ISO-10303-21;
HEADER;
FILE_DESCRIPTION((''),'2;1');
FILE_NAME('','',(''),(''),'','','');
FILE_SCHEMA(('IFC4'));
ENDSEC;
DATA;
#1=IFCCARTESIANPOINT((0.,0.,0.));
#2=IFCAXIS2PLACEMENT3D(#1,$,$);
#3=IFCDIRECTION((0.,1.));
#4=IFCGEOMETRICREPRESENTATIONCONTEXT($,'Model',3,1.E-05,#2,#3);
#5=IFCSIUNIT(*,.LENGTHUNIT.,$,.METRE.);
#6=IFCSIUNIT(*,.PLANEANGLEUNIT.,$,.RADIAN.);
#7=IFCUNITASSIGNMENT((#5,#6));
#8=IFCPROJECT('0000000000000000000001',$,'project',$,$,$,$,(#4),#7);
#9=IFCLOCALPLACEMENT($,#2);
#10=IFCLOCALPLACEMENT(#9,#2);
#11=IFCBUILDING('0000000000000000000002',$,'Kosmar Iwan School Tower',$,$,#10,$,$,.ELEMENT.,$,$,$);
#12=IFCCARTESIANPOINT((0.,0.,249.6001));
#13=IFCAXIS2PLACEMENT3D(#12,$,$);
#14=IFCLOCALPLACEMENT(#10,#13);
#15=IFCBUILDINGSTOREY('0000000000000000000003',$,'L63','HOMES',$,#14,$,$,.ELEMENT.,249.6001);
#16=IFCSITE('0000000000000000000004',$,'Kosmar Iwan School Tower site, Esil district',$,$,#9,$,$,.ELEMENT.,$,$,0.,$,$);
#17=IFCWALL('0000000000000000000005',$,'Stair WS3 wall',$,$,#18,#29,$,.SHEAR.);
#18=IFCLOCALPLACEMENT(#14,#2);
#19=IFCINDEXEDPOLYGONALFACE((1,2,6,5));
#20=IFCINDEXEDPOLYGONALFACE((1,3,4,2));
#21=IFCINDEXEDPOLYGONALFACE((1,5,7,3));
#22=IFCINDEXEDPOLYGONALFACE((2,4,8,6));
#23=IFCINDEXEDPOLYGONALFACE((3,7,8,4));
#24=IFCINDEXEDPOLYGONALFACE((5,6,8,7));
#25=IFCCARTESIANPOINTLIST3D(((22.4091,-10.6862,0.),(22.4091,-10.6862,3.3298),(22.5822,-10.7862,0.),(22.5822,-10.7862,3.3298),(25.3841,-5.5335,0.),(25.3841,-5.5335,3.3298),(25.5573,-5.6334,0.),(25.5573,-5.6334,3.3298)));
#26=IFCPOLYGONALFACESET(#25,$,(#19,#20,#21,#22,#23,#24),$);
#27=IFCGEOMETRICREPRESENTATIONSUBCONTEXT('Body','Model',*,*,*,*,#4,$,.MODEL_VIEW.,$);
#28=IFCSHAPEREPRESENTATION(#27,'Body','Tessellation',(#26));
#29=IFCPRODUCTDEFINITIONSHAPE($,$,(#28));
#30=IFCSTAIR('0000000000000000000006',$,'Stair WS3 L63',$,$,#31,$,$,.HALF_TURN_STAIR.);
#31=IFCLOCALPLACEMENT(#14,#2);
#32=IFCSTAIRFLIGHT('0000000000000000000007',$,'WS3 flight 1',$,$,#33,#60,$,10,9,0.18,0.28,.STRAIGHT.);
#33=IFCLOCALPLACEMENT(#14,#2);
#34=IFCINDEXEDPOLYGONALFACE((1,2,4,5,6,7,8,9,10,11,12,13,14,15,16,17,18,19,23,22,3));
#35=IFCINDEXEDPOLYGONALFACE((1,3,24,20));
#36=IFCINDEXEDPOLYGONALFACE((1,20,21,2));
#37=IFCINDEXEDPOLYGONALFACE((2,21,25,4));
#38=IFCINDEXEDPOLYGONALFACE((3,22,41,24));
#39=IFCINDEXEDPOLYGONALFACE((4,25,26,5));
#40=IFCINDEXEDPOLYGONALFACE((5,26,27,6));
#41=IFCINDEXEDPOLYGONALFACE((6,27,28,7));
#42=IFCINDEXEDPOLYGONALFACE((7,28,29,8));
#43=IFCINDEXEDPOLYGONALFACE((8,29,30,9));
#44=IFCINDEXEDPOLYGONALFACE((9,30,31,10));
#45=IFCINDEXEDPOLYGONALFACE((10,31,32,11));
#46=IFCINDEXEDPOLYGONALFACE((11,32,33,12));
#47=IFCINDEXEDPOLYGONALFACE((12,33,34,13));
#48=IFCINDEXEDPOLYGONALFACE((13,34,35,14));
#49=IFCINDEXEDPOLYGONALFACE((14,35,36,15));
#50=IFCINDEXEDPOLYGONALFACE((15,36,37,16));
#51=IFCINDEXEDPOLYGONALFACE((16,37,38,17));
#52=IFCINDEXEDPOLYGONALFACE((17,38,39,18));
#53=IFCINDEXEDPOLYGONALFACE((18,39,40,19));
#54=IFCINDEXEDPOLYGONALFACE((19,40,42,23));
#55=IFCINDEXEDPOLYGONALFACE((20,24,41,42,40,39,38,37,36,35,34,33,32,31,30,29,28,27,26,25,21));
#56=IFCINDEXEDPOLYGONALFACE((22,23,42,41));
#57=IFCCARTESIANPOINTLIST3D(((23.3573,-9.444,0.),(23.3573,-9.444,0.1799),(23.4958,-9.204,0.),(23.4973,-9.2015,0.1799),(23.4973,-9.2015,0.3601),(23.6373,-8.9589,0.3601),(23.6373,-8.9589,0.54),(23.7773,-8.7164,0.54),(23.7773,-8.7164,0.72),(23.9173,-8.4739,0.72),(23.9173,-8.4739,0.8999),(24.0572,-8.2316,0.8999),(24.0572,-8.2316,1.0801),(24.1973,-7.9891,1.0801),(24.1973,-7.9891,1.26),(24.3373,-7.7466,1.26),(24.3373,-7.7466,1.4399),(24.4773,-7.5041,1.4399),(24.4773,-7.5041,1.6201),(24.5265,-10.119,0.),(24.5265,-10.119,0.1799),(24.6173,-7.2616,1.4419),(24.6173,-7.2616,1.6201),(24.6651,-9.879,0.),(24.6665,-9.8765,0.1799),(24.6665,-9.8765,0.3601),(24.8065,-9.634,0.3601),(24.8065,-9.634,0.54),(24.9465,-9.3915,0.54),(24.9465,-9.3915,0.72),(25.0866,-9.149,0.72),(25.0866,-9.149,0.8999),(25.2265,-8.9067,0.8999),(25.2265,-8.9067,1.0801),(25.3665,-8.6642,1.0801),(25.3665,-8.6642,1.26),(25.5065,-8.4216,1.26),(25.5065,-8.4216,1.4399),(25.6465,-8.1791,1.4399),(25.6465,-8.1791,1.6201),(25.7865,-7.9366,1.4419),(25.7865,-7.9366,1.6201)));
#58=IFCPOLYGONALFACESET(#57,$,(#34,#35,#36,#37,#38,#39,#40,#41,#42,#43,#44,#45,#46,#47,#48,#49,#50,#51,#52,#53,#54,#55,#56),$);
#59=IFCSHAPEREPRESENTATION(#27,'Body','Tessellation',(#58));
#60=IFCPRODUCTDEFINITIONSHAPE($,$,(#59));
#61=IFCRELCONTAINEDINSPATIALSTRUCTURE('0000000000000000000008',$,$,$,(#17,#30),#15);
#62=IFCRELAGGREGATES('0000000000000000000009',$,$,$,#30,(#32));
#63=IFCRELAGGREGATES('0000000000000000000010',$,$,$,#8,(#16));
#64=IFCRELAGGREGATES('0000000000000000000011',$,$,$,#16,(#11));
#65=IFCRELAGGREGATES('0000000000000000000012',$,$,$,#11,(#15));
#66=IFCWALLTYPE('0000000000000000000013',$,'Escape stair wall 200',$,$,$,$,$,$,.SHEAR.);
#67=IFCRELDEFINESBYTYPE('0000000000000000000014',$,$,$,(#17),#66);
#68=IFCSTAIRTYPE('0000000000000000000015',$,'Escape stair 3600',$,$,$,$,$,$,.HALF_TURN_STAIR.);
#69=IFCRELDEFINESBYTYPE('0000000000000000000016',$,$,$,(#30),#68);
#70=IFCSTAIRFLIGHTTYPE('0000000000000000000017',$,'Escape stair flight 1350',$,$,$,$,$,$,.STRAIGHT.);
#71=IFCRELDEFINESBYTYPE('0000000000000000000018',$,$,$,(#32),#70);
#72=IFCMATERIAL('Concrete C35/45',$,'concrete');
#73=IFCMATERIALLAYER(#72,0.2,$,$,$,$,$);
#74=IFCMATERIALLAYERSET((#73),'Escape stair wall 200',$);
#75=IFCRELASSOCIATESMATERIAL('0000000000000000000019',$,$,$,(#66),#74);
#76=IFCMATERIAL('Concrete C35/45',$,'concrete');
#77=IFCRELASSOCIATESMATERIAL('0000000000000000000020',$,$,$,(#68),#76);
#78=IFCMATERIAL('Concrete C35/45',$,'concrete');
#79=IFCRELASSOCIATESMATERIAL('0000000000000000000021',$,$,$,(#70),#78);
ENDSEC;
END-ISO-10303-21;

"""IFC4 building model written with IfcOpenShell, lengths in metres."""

from ifc_helpers import new_model, si_unit, direction, frame, frame_2d, origin, place, context, subcontext, project, spatial, polyline, rectangle, outline, extrude, material, layer, layer_set, type_object, element, aggregate, save


model = new_model("IFC4")

# Units and contexts
model_context = context("Model", 3, precision=1e-05, world=origin(), true_north=direction((0.0, 1.0)))
body_context = subcontext(model_context, "Body", "Model", "MODEL_VIEW")
ifc_project = project(units=[si_unit("LENGTHUNIT", "METRE"), si_unit("PLANEANGLEUNIT", "RADIAN")], contexts=[model_context])

# Site, building, storey
site_placement = place(None, origin())
site = spatial("IfcSite", under=ifc_project, at=site_placement, Name="Kosmar Iwan School Tower site, Esil district", CompositionType="ELEMENT", RefElevation=0.0)
building_placement = place(site_placement, origin())
building = spatial("IfcBuilding", under=site, at=building_placement, Name="Kosmar Iwan School Tower", CompositionType="ELEMENT")
storey_placement = place(building_placement, frame((0.0, 0.0, 249.6001)))
storey = spatial("IfcBuildingStorey", under=building, at=storey_placement, Name="L63", Description="HOMES", CompositionType="ELEMENT", Elevation=249.6001)

# Wall
ifc_material_1 = material(Name="Concrete C35/45", Category="concrete")
ifc_layer_1 = layer(ifc_material_1, 0.2)
ifc_layer_set_1 = layer_set([ifc_layer_1], Name="Escape stair wall 200")
wall_type_1 = type_object("IfcWallType", Name="Escape stair wall 200", PredefinedType="SHEAR", material=ifc_layer_set_1)
wall_1_placement = place(storey_placement, frame((22.4956, -10.7363, 0.0), z_axis=(0.0, 0.0, 1.0), x_axis=(0.500014, 0.866017, 0.0)))
element("IfcWall", 1, at=wall_1_placement, inside=storey, type_object=wall_type_1, Name="Stair WS3 wall", PredefinedType="SHEAR", context=body_context, shape_type="SweptSolid", body=[
    extrude(rectangle(XDim=5.95, YDim=0.2, at=frame_2d((2.9751, 0.0))), origin(), (0.0, 0.0, 1.0), 3.3298),
])

# Stair, stair flight
ifc_material_2 = material(Name="Concrete C35/45", Category="concrete")
stair_type = type_object("IfcStairType", Name="Escape stair 3600", PredefinedType="HALF_TURN_STAIR", material=ifc_material_2)
stair_placement = place(storey_placement, origin())
stair = element("IfcStair", 2, at=stair_placement, inside=storey, type_object=stair_type, Name="Stair WS3 L63", PredefinedType="HALF_TURN_STAIR")
ifc_material_3 = material(Name="Concrete C35/45", Category="concrete")
stair_flight_type = type_object("IfcStairFlightType", Name="Escape stair flight 1350", PredefinedType="STRAIGHT", material=ifc_material_3)
stair_flight_placement = place(storey_placement, frame((23.9419, -9.7815, 0.0), z_axis=(0.0, 0.0, 1.0), x_axis=(0.5, 0.866025, 0.0)))
stair_flight = element("IfcStairFlight", 3, at=stair_flight_placement, type_object=stair_flight_type, Name="WS3 flight 1", NumberOfRisers=10, NumberOfTreads=9, PredefinedType="STRAIGHT", RiserHeight=0.18, TreadLength=0.28, context=body_context, shape_type="SweptSolid", body=[
    extrude(outline(polyline([(0.0, 0.0), (0.0, 0.1799), (0.28, 0.1799), (0.28, 0.3601), (0.5601, 0.3601), (0.5601, 0.54), (0.8401, 0.54), (0.8401, 0.72), (1.1201, 0.72), (1.1201, 0.8999), (1.3999, 0.8999), (1.3999, 1.0801), (1.6799, 1.0801), (1.6799, 1.26), (1.96, 1.26), (1.96, 1.4399), (2.24, 1.4399), (2.24, 1.6201), (2.52, 1.6201), (2.52, 1.8), (2.52, 1.4419), (0.2771, 0.0), (0.0, 0.0)])), frame((0.0, 0.675, 0.0), z_axis=(0.0, -1.0, 0.0), x_axis=(1.0, 0.0, 0.0)), (0.0, 0.0, 1.0), 1.3501),
])
aggregate(stair, [stair_flight])

save(model, "model.ifc")
